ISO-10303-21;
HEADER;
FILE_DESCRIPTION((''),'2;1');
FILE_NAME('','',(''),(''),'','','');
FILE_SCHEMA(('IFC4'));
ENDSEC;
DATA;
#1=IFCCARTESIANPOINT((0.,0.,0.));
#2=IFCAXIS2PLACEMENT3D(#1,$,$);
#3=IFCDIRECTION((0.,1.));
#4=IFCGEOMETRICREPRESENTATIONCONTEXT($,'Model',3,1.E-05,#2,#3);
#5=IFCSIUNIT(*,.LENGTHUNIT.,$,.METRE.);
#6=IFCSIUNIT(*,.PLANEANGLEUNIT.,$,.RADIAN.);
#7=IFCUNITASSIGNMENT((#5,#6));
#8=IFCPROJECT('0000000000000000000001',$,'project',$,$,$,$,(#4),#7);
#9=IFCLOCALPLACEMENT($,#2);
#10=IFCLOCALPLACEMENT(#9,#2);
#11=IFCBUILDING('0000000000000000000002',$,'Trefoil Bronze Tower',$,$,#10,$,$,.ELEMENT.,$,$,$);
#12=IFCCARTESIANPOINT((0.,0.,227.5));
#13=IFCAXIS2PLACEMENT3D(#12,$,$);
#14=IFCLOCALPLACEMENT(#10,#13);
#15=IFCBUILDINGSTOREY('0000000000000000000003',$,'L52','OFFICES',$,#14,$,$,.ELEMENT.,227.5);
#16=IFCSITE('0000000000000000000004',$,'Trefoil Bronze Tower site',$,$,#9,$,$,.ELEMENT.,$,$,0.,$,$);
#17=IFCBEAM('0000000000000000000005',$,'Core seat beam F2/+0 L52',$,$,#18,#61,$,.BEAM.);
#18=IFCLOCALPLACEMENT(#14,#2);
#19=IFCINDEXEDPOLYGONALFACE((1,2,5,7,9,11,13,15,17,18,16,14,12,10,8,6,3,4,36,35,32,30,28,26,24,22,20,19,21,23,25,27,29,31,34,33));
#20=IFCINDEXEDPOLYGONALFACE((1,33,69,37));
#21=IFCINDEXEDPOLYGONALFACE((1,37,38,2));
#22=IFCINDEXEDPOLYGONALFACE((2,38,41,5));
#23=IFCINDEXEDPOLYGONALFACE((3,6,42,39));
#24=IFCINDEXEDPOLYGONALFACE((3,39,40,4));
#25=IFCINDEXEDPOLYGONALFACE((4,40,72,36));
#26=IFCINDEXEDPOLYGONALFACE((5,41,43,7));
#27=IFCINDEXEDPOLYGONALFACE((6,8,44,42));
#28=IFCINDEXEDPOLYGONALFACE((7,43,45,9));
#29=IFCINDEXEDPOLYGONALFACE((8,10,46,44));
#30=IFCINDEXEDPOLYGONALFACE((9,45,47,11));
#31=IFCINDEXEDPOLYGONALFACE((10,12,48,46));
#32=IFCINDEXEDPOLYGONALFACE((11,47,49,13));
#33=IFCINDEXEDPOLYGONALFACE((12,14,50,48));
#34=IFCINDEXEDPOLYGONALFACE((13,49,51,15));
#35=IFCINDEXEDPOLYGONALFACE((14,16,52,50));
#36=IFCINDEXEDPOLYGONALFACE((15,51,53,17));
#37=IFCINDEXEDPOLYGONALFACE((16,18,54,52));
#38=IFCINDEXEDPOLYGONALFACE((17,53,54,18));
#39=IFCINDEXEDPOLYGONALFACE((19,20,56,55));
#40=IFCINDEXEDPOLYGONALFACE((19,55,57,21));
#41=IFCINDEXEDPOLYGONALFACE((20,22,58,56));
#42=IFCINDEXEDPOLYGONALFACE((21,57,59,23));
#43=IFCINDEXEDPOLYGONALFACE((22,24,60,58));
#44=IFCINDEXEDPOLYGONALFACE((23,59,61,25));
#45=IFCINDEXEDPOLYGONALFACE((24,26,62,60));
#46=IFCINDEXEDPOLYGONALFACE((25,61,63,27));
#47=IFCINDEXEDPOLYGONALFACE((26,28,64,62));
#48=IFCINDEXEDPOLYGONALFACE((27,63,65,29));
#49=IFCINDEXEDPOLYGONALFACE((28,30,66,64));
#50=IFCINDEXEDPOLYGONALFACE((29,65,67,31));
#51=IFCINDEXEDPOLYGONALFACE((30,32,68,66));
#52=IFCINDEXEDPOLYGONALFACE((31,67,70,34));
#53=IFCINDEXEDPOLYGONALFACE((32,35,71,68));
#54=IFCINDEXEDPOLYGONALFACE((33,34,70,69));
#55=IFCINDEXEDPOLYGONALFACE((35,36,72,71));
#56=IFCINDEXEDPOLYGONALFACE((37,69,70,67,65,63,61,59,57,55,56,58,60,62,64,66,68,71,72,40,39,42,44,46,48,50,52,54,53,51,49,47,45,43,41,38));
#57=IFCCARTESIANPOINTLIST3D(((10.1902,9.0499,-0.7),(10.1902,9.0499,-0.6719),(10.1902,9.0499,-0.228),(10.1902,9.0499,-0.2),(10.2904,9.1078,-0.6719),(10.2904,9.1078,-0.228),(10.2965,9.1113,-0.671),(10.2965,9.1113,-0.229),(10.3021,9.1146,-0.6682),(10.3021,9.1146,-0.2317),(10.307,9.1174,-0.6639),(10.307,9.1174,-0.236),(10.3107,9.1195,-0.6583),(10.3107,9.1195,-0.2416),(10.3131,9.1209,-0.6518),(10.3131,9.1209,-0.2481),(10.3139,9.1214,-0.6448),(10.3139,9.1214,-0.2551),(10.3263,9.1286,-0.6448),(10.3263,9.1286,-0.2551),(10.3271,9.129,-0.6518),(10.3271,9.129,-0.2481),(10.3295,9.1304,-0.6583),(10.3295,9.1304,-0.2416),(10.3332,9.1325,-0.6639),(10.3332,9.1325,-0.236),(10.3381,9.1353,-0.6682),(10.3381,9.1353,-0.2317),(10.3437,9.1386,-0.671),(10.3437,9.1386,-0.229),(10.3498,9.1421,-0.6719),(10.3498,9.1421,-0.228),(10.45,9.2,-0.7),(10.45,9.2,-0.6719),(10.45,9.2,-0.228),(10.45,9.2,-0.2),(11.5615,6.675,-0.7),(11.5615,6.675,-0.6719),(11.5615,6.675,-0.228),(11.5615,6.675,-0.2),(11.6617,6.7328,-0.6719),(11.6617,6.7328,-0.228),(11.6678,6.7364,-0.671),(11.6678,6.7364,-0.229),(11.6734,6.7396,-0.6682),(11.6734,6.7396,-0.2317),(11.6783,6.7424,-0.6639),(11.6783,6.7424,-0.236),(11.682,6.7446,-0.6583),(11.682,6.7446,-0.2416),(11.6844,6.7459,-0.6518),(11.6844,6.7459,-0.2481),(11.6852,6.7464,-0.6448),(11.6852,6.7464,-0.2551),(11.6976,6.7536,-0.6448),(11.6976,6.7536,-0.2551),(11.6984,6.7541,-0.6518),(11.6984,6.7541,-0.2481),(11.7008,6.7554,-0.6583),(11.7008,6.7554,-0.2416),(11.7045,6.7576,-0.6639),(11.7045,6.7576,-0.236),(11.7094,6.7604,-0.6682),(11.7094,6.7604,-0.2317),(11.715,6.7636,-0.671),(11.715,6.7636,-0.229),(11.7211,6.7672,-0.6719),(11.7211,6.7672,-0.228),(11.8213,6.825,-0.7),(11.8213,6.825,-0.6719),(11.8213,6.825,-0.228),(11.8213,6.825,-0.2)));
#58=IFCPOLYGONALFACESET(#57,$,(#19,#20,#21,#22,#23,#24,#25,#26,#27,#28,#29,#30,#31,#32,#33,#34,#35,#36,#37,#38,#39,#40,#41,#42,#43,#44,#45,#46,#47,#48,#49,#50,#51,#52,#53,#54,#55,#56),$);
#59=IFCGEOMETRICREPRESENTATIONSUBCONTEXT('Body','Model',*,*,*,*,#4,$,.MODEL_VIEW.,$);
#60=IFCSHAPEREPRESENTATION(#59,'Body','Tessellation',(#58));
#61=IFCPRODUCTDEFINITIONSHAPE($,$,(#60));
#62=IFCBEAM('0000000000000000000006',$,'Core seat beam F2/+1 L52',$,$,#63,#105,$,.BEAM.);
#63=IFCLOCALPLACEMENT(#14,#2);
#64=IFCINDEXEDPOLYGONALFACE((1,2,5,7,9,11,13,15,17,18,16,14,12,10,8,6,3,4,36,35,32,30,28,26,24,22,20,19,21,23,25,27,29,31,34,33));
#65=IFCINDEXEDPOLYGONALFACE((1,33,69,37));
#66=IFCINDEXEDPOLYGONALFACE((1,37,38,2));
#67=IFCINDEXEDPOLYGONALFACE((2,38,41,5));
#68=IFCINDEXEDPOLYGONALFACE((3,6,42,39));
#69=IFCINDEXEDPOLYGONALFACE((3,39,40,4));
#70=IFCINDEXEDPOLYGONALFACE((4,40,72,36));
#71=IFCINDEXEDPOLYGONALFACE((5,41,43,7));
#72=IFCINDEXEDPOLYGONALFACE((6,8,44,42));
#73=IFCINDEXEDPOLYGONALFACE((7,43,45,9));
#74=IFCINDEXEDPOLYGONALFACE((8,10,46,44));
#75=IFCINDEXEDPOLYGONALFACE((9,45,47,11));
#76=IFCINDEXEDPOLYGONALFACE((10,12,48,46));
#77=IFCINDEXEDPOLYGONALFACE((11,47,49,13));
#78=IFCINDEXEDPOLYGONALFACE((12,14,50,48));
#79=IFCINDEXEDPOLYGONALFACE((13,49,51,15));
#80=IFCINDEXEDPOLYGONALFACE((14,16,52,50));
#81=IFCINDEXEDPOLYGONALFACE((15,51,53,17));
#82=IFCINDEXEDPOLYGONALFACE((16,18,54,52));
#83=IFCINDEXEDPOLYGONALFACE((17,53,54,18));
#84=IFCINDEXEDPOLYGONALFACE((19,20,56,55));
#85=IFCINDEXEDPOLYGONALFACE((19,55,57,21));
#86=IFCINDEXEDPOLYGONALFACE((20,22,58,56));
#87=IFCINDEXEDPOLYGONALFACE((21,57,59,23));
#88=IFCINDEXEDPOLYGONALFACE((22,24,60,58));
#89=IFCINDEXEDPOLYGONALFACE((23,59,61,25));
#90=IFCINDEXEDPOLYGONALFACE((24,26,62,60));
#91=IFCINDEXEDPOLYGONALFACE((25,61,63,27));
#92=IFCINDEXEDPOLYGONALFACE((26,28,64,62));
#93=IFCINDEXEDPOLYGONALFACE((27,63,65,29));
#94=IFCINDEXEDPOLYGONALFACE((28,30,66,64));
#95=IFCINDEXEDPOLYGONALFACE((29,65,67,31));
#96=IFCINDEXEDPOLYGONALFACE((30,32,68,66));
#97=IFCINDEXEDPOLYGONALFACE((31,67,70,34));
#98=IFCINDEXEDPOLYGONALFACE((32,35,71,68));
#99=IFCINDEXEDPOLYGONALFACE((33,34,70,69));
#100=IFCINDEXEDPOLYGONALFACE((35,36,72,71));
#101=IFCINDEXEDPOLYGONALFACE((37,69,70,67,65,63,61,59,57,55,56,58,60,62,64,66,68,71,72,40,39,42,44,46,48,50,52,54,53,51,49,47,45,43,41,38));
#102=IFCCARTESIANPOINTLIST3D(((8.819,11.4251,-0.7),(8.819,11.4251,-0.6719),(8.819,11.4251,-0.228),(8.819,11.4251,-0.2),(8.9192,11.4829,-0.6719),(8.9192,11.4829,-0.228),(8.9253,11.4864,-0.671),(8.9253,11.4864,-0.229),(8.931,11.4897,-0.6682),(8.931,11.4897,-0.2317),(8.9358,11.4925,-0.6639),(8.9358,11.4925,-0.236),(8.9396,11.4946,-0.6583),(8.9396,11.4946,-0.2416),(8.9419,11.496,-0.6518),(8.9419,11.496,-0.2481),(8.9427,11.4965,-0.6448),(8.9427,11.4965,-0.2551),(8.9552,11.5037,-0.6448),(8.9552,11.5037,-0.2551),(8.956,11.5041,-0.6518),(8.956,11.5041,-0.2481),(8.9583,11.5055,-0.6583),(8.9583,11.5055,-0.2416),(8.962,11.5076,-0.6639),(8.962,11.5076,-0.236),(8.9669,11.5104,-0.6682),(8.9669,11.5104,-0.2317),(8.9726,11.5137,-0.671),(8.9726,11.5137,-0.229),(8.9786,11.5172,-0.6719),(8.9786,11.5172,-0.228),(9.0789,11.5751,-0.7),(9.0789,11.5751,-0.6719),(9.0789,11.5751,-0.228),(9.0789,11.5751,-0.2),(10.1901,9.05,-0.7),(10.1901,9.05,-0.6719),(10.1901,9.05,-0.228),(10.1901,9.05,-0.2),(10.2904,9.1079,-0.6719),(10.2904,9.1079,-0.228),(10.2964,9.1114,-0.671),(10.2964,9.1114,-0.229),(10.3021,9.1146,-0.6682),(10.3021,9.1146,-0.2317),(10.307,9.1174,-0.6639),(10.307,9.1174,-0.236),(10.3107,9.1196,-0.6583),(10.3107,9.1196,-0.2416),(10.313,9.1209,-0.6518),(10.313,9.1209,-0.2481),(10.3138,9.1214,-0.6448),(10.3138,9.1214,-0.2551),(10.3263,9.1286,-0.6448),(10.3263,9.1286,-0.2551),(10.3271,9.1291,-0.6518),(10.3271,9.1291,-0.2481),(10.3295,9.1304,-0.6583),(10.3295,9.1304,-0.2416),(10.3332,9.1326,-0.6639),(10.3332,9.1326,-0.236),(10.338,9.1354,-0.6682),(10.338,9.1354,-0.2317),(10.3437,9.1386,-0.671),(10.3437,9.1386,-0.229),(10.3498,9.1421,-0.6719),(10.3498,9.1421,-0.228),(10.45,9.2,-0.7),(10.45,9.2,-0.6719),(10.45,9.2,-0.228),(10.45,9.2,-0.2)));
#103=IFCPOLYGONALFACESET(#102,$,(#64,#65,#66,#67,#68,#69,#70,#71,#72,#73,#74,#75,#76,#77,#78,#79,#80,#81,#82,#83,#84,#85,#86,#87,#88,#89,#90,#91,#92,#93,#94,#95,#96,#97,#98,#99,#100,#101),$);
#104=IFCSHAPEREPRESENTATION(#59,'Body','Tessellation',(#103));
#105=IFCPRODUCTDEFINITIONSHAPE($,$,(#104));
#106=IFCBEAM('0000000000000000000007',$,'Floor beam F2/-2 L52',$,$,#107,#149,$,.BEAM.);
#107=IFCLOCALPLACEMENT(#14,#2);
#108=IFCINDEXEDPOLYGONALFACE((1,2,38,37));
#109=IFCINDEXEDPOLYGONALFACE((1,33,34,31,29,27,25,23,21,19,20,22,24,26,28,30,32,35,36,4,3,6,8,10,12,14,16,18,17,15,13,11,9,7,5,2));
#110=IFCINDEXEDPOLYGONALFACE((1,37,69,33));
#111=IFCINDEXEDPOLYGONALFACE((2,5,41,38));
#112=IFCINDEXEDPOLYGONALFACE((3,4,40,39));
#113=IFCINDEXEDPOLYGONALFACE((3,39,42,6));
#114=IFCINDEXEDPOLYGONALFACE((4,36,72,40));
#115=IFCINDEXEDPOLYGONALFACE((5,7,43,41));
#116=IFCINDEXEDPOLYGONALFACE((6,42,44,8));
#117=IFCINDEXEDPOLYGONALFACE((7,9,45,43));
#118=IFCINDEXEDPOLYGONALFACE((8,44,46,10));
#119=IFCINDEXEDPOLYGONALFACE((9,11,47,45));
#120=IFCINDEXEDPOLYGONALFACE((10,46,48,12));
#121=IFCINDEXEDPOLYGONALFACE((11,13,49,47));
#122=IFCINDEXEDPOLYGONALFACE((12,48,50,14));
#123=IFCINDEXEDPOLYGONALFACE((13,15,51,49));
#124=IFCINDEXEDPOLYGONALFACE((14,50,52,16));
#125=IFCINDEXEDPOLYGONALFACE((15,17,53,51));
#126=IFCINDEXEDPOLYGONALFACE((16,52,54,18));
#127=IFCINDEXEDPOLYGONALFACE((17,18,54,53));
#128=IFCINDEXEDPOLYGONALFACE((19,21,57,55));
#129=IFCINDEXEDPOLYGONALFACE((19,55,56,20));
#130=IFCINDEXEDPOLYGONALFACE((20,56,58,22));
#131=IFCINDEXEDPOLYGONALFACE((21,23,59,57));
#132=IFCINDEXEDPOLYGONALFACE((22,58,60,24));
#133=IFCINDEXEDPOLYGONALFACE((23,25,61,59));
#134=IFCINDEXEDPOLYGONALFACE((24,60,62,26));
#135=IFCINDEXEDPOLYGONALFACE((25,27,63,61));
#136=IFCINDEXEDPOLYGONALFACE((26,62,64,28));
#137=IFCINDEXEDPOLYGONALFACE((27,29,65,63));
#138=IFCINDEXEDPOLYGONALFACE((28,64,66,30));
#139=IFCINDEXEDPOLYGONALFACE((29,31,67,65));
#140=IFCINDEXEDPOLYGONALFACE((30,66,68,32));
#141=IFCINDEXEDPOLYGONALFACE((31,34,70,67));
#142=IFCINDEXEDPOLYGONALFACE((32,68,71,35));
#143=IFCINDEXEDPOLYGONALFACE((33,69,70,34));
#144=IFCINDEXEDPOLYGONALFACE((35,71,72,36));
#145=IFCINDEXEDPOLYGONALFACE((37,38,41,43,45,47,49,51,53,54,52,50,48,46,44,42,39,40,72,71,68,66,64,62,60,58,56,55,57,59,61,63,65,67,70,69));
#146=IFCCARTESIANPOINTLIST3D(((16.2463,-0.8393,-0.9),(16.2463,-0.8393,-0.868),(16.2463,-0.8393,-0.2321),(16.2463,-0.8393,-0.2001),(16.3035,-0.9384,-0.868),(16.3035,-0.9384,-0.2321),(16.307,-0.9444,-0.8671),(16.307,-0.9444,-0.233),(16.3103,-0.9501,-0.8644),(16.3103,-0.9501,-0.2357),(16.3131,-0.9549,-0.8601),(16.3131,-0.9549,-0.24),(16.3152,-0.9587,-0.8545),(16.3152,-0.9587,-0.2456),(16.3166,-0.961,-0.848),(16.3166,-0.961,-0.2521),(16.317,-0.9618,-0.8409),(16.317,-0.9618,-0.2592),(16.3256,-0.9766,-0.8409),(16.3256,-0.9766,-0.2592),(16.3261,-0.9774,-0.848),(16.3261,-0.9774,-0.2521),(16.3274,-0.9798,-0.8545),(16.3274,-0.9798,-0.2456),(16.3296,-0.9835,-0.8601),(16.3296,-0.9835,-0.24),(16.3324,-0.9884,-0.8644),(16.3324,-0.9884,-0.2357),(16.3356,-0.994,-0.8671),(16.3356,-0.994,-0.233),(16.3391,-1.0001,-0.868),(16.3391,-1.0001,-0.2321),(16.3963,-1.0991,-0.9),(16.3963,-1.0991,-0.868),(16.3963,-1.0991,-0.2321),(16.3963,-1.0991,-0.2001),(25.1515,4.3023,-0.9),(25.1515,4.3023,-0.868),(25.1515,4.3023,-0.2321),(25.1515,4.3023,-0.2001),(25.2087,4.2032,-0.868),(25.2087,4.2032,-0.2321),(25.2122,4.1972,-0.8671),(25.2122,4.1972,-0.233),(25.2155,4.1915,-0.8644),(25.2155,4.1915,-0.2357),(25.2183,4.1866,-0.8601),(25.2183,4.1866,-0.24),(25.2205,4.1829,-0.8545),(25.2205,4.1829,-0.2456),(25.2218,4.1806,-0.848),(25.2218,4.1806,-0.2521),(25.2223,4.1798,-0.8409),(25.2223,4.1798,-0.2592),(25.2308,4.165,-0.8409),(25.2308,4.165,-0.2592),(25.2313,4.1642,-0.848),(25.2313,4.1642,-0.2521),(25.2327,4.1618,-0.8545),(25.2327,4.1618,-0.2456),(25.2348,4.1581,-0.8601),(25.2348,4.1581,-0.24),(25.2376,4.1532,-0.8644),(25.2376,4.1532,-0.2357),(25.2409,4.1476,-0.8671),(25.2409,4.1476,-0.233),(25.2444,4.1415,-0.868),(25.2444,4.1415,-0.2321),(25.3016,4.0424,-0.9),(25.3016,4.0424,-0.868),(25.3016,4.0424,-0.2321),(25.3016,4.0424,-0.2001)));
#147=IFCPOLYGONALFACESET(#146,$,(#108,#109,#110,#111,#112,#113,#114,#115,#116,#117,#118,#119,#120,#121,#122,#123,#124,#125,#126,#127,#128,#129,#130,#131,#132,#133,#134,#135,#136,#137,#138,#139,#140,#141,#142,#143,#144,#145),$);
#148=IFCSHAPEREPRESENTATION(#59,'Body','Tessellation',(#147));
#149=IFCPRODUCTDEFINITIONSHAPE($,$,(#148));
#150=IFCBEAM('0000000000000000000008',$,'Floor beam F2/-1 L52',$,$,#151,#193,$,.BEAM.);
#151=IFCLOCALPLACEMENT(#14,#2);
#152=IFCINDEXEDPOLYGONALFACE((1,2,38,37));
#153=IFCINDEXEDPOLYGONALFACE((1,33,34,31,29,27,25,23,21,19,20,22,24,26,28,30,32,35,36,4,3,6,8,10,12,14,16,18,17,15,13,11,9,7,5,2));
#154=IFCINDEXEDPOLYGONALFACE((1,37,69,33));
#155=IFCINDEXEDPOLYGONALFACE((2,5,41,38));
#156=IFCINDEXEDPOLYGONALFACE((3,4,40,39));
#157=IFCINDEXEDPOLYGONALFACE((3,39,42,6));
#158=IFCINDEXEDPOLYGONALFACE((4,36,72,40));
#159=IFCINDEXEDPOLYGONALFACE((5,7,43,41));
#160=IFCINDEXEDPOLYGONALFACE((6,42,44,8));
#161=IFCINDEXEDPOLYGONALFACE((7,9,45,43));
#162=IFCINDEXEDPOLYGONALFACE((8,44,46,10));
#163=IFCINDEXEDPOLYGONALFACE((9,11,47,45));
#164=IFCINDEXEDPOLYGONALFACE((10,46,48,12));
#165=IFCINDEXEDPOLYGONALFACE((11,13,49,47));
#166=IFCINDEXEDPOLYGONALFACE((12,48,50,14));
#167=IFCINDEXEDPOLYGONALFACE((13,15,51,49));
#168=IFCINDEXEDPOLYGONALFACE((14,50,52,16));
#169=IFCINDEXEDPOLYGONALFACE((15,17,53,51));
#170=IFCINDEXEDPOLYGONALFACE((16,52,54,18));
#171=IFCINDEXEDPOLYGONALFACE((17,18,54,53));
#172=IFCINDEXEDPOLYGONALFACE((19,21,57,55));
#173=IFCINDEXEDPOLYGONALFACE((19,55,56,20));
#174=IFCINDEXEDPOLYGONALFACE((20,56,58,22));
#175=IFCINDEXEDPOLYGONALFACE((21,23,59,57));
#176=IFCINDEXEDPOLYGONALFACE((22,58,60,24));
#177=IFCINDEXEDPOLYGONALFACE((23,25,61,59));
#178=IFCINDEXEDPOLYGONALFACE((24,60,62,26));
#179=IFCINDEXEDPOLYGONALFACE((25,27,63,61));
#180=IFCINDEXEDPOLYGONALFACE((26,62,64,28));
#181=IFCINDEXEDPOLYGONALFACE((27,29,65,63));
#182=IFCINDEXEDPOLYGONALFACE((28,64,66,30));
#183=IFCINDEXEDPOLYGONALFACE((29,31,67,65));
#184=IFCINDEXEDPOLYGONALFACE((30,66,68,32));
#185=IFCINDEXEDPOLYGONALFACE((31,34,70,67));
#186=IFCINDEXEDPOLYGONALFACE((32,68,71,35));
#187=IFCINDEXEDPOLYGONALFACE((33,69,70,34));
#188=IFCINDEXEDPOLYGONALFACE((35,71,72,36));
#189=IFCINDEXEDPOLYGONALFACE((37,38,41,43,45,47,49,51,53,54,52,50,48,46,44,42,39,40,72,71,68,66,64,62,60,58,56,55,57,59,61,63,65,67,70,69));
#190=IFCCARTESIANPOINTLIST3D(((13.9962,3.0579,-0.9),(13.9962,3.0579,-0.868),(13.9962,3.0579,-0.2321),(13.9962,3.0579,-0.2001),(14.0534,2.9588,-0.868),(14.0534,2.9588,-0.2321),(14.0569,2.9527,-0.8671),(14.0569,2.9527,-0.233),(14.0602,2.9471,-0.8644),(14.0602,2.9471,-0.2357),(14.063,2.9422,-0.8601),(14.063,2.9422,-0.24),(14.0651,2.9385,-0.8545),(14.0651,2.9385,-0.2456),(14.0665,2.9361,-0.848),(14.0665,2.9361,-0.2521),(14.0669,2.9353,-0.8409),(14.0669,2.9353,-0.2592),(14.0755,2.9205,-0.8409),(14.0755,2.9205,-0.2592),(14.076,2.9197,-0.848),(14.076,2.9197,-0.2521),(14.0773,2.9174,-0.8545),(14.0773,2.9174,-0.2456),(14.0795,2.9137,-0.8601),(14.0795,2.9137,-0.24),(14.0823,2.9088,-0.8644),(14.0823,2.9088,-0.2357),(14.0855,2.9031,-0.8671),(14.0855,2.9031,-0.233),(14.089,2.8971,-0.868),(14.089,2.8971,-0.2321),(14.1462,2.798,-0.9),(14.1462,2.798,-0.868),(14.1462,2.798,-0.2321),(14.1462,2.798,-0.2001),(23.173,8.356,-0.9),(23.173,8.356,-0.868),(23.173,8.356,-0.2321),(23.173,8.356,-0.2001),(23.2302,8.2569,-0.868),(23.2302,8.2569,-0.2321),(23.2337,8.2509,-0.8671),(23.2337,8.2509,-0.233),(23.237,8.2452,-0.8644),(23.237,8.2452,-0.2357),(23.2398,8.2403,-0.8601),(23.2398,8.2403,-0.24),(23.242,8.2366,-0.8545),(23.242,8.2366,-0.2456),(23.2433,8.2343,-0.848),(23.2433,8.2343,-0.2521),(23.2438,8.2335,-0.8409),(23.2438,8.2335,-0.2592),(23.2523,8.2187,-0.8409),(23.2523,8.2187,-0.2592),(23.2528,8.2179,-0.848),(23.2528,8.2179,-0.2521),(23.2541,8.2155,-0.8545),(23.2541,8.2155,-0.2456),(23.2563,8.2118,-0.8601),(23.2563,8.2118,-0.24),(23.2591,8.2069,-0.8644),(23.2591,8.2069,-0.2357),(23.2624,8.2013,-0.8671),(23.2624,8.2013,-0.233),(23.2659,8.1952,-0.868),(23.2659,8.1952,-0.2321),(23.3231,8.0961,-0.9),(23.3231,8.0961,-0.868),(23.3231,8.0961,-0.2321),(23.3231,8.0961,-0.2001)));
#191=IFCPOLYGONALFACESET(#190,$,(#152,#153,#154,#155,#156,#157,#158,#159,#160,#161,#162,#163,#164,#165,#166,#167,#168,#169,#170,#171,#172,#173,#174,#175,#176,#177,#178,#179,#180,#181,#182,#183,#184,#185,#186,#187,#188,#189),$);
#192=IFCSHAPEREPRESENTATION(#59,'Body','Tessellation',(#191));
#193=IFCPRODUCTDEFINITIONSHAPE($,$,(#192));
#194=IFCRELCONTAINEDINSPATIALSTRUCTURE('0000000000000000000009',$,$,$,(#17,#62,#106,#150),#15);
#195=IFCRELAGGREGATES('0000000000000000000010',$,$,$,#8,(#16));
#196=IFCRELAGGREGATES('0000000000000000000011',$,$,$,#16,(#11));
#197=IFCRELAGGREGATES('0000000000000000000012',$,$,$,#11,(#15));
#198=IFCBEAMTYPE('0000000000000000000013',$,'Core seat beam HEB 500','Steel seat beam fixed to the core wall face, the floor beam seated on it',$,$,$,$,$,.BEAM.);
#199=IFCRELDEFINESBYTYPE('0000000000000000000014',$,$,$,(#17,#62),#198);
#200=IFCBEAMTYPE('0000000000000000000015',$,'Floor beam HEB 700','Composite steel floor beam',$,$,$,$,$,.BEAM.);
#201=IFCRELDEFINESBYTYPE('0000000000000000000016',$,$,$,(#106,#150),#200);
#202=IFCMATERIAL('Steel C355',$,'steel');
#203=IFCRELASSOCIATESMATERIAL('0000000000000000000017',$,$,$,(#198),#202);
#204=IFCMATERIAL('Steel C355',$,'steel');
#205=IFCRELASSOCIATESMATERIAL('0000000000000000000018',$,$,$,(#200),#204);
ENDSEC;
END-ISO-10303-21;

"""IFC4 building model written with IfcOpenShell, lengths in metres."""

from ifc_helpers import new_model, si_unit, direction, frame, origin, origin_2d, place, context, subcontext, project, spatial, i_section, extrude, material, material_profile, profile_set, type_object, element, save


model = new_model("IFC4")

# Units and contexts
model_context = context("Model", 3, precision=1e-05, world=origin(), true_north=direction((0.0, 1.0)))
body_context = subcontext(model_context, "Body", "Model", "MODEL_VIEW")
ifc_project = project(units=[si_unit("LENGTHUNIT", "METRE"), si_unit("PLANEANGLEUNIT", "RADIAN")], contexts=[model_context])

# Site, building, storey
site_placement = place(None, origin())
site = spatial("IfcSite", under=ifc_project, at=site_placement, Name="Trefoil Bronze Tower site", CompositionType="ELEMENT", RefElevation=0.0)
building_placement = place(site_placement, origin())
building = spatial("IfcBuilding", under=site, at=building_placement, Name="Trefoil Bronze Tower", CompositionType="ELEMENT")
storey_placement = place(building_placement, frame((0.0, 0.0, 227.5)))
storey = spatial("IfcBuildingStorey", under=building, at=storey_placement, Name="L52", Description="OFFICES", CompositionType="ELEMENT", Elevation=227.5)

# Beams
ifc_material_1 = material(Name="Steel C355", Category="steel")
ifc_material_profile_1 = material_profile(ifc_material_1, i_section(OverallWidth=0.3, OverallDepth=0.5, WebThickness=0.0144, FlangeThickness=0.0281, FilletRadius=0.0271, at=origin_2d()), Name="HEB 500")
ifc_profile_set_1 = profile_set([ifc_material_profile_1], Name="Steel C355")
beam_type_1 = type_object("IfcBeamType", Name="Core seat beam HEB 500", Description="Steel seat beam fixed to the core wall face, the floor beam seated on it", PredefinedType="BEAM", material=ifc_profile_set_1)
for number, where, z_axis, x_axis, name in (
    (1, (11.6914, 6.75, -0.45), (-0.500036, 0.866005, 0.0), (-0.866005, -0.500036, 0.0), "Core seat beam F2/+0 L52"),
    (2, (10.3201, 9.125, -0.45), (-0.499969, 0.866043, 0.0), (-0.866043, -0.499969, 0.0), "Core seat beam F2/+1 L52"),
):
    element("IfcBeam", number, at=place(storey_placement, frame(where, z_axis=z_axis, x_axis=x_axis)), inside=storey, type_object=beam_type_1, Name=name, PredefinedType="BEAM", context=body_context, shape_type="SweptSolid", body=[
        extrude(i_section(OverallWidth=0.3, OverallDepth=0.5, WebThickness=0.0144, FlangeThickness=0.0281, FilletRadius=0.0271, at=origin_2d()), origin(), (0.0, 0.0, 1.0), 2.7424),
    ])
ifc_material_2 = material(Name="Steel C355", Category="steel")
ifc_material_profile_2 = material_profile(ifc_material_2, i_section(OverallWidth=0.3, OverallDepth=0.7, WebThickness=0.0171, FlangeThickness=0.032, FilletRadius=0.0271, at=origin_2d()), Name="HEB 700")
ifc_profile_set_2 = profile_set([ifc_material_profile_2], Name="Steel C355")
beam_type_2 = type_object("IfcBeamType", Name="Floor beam HEB 700", Description="Composite steel floor beam", PredefinedType="BEAM", material=ifc_profile_set_2)
beam_1_placement = place(storey_placement, frame((25.2266, 4.1724, -0.55), z_axis=(-0.86602, -0.50001, 0.0), x_axis=(0.50001, -0.86602, 0.0)))
element("IfcBeam", 3, at=beam_1_placement, inside=storey, type_object=beam_type_2, Name="Floor beam F2/-2 L52", PredefinedType="BEAM", context=body_context, shape_type="SweptSolid", body=[
    extrude(i_section(OverallWidth=0.3, OverallDepth=0.7, WebThickness=0.0171, FlangeThickness=0.032, FilletRadius=0.0271, at=origin_2d()), origin(), (0.0, 0.0, 1.0), 10.283),
])
beam_2_placement = place(storey_placement, frame((23.248, 8.2261, -0.55), z_axis=(-0.86603, -0.499992, 0.0), x_axis=(0.499992, -0.86603, 0.0)))
element("IfcBeam", 4, at=beam_2_placement, inside=storey, type_object=beam_type_2, Name="Floor beam F2/-1 L52", PredefinedType="BEAM", context=body_context, shape_type="SweptSolid", body=[
    extrude(i_section(OverallWidth=0.3, OverallDepth=0.7, WebThickness=0.0171, FlangeThickness=0.032, FilletRadius=0.0271, at=origin_2d()), origin(), (0.0, 0.0, 1.0), 10.5964),
])

save(model, "model.ifc")
